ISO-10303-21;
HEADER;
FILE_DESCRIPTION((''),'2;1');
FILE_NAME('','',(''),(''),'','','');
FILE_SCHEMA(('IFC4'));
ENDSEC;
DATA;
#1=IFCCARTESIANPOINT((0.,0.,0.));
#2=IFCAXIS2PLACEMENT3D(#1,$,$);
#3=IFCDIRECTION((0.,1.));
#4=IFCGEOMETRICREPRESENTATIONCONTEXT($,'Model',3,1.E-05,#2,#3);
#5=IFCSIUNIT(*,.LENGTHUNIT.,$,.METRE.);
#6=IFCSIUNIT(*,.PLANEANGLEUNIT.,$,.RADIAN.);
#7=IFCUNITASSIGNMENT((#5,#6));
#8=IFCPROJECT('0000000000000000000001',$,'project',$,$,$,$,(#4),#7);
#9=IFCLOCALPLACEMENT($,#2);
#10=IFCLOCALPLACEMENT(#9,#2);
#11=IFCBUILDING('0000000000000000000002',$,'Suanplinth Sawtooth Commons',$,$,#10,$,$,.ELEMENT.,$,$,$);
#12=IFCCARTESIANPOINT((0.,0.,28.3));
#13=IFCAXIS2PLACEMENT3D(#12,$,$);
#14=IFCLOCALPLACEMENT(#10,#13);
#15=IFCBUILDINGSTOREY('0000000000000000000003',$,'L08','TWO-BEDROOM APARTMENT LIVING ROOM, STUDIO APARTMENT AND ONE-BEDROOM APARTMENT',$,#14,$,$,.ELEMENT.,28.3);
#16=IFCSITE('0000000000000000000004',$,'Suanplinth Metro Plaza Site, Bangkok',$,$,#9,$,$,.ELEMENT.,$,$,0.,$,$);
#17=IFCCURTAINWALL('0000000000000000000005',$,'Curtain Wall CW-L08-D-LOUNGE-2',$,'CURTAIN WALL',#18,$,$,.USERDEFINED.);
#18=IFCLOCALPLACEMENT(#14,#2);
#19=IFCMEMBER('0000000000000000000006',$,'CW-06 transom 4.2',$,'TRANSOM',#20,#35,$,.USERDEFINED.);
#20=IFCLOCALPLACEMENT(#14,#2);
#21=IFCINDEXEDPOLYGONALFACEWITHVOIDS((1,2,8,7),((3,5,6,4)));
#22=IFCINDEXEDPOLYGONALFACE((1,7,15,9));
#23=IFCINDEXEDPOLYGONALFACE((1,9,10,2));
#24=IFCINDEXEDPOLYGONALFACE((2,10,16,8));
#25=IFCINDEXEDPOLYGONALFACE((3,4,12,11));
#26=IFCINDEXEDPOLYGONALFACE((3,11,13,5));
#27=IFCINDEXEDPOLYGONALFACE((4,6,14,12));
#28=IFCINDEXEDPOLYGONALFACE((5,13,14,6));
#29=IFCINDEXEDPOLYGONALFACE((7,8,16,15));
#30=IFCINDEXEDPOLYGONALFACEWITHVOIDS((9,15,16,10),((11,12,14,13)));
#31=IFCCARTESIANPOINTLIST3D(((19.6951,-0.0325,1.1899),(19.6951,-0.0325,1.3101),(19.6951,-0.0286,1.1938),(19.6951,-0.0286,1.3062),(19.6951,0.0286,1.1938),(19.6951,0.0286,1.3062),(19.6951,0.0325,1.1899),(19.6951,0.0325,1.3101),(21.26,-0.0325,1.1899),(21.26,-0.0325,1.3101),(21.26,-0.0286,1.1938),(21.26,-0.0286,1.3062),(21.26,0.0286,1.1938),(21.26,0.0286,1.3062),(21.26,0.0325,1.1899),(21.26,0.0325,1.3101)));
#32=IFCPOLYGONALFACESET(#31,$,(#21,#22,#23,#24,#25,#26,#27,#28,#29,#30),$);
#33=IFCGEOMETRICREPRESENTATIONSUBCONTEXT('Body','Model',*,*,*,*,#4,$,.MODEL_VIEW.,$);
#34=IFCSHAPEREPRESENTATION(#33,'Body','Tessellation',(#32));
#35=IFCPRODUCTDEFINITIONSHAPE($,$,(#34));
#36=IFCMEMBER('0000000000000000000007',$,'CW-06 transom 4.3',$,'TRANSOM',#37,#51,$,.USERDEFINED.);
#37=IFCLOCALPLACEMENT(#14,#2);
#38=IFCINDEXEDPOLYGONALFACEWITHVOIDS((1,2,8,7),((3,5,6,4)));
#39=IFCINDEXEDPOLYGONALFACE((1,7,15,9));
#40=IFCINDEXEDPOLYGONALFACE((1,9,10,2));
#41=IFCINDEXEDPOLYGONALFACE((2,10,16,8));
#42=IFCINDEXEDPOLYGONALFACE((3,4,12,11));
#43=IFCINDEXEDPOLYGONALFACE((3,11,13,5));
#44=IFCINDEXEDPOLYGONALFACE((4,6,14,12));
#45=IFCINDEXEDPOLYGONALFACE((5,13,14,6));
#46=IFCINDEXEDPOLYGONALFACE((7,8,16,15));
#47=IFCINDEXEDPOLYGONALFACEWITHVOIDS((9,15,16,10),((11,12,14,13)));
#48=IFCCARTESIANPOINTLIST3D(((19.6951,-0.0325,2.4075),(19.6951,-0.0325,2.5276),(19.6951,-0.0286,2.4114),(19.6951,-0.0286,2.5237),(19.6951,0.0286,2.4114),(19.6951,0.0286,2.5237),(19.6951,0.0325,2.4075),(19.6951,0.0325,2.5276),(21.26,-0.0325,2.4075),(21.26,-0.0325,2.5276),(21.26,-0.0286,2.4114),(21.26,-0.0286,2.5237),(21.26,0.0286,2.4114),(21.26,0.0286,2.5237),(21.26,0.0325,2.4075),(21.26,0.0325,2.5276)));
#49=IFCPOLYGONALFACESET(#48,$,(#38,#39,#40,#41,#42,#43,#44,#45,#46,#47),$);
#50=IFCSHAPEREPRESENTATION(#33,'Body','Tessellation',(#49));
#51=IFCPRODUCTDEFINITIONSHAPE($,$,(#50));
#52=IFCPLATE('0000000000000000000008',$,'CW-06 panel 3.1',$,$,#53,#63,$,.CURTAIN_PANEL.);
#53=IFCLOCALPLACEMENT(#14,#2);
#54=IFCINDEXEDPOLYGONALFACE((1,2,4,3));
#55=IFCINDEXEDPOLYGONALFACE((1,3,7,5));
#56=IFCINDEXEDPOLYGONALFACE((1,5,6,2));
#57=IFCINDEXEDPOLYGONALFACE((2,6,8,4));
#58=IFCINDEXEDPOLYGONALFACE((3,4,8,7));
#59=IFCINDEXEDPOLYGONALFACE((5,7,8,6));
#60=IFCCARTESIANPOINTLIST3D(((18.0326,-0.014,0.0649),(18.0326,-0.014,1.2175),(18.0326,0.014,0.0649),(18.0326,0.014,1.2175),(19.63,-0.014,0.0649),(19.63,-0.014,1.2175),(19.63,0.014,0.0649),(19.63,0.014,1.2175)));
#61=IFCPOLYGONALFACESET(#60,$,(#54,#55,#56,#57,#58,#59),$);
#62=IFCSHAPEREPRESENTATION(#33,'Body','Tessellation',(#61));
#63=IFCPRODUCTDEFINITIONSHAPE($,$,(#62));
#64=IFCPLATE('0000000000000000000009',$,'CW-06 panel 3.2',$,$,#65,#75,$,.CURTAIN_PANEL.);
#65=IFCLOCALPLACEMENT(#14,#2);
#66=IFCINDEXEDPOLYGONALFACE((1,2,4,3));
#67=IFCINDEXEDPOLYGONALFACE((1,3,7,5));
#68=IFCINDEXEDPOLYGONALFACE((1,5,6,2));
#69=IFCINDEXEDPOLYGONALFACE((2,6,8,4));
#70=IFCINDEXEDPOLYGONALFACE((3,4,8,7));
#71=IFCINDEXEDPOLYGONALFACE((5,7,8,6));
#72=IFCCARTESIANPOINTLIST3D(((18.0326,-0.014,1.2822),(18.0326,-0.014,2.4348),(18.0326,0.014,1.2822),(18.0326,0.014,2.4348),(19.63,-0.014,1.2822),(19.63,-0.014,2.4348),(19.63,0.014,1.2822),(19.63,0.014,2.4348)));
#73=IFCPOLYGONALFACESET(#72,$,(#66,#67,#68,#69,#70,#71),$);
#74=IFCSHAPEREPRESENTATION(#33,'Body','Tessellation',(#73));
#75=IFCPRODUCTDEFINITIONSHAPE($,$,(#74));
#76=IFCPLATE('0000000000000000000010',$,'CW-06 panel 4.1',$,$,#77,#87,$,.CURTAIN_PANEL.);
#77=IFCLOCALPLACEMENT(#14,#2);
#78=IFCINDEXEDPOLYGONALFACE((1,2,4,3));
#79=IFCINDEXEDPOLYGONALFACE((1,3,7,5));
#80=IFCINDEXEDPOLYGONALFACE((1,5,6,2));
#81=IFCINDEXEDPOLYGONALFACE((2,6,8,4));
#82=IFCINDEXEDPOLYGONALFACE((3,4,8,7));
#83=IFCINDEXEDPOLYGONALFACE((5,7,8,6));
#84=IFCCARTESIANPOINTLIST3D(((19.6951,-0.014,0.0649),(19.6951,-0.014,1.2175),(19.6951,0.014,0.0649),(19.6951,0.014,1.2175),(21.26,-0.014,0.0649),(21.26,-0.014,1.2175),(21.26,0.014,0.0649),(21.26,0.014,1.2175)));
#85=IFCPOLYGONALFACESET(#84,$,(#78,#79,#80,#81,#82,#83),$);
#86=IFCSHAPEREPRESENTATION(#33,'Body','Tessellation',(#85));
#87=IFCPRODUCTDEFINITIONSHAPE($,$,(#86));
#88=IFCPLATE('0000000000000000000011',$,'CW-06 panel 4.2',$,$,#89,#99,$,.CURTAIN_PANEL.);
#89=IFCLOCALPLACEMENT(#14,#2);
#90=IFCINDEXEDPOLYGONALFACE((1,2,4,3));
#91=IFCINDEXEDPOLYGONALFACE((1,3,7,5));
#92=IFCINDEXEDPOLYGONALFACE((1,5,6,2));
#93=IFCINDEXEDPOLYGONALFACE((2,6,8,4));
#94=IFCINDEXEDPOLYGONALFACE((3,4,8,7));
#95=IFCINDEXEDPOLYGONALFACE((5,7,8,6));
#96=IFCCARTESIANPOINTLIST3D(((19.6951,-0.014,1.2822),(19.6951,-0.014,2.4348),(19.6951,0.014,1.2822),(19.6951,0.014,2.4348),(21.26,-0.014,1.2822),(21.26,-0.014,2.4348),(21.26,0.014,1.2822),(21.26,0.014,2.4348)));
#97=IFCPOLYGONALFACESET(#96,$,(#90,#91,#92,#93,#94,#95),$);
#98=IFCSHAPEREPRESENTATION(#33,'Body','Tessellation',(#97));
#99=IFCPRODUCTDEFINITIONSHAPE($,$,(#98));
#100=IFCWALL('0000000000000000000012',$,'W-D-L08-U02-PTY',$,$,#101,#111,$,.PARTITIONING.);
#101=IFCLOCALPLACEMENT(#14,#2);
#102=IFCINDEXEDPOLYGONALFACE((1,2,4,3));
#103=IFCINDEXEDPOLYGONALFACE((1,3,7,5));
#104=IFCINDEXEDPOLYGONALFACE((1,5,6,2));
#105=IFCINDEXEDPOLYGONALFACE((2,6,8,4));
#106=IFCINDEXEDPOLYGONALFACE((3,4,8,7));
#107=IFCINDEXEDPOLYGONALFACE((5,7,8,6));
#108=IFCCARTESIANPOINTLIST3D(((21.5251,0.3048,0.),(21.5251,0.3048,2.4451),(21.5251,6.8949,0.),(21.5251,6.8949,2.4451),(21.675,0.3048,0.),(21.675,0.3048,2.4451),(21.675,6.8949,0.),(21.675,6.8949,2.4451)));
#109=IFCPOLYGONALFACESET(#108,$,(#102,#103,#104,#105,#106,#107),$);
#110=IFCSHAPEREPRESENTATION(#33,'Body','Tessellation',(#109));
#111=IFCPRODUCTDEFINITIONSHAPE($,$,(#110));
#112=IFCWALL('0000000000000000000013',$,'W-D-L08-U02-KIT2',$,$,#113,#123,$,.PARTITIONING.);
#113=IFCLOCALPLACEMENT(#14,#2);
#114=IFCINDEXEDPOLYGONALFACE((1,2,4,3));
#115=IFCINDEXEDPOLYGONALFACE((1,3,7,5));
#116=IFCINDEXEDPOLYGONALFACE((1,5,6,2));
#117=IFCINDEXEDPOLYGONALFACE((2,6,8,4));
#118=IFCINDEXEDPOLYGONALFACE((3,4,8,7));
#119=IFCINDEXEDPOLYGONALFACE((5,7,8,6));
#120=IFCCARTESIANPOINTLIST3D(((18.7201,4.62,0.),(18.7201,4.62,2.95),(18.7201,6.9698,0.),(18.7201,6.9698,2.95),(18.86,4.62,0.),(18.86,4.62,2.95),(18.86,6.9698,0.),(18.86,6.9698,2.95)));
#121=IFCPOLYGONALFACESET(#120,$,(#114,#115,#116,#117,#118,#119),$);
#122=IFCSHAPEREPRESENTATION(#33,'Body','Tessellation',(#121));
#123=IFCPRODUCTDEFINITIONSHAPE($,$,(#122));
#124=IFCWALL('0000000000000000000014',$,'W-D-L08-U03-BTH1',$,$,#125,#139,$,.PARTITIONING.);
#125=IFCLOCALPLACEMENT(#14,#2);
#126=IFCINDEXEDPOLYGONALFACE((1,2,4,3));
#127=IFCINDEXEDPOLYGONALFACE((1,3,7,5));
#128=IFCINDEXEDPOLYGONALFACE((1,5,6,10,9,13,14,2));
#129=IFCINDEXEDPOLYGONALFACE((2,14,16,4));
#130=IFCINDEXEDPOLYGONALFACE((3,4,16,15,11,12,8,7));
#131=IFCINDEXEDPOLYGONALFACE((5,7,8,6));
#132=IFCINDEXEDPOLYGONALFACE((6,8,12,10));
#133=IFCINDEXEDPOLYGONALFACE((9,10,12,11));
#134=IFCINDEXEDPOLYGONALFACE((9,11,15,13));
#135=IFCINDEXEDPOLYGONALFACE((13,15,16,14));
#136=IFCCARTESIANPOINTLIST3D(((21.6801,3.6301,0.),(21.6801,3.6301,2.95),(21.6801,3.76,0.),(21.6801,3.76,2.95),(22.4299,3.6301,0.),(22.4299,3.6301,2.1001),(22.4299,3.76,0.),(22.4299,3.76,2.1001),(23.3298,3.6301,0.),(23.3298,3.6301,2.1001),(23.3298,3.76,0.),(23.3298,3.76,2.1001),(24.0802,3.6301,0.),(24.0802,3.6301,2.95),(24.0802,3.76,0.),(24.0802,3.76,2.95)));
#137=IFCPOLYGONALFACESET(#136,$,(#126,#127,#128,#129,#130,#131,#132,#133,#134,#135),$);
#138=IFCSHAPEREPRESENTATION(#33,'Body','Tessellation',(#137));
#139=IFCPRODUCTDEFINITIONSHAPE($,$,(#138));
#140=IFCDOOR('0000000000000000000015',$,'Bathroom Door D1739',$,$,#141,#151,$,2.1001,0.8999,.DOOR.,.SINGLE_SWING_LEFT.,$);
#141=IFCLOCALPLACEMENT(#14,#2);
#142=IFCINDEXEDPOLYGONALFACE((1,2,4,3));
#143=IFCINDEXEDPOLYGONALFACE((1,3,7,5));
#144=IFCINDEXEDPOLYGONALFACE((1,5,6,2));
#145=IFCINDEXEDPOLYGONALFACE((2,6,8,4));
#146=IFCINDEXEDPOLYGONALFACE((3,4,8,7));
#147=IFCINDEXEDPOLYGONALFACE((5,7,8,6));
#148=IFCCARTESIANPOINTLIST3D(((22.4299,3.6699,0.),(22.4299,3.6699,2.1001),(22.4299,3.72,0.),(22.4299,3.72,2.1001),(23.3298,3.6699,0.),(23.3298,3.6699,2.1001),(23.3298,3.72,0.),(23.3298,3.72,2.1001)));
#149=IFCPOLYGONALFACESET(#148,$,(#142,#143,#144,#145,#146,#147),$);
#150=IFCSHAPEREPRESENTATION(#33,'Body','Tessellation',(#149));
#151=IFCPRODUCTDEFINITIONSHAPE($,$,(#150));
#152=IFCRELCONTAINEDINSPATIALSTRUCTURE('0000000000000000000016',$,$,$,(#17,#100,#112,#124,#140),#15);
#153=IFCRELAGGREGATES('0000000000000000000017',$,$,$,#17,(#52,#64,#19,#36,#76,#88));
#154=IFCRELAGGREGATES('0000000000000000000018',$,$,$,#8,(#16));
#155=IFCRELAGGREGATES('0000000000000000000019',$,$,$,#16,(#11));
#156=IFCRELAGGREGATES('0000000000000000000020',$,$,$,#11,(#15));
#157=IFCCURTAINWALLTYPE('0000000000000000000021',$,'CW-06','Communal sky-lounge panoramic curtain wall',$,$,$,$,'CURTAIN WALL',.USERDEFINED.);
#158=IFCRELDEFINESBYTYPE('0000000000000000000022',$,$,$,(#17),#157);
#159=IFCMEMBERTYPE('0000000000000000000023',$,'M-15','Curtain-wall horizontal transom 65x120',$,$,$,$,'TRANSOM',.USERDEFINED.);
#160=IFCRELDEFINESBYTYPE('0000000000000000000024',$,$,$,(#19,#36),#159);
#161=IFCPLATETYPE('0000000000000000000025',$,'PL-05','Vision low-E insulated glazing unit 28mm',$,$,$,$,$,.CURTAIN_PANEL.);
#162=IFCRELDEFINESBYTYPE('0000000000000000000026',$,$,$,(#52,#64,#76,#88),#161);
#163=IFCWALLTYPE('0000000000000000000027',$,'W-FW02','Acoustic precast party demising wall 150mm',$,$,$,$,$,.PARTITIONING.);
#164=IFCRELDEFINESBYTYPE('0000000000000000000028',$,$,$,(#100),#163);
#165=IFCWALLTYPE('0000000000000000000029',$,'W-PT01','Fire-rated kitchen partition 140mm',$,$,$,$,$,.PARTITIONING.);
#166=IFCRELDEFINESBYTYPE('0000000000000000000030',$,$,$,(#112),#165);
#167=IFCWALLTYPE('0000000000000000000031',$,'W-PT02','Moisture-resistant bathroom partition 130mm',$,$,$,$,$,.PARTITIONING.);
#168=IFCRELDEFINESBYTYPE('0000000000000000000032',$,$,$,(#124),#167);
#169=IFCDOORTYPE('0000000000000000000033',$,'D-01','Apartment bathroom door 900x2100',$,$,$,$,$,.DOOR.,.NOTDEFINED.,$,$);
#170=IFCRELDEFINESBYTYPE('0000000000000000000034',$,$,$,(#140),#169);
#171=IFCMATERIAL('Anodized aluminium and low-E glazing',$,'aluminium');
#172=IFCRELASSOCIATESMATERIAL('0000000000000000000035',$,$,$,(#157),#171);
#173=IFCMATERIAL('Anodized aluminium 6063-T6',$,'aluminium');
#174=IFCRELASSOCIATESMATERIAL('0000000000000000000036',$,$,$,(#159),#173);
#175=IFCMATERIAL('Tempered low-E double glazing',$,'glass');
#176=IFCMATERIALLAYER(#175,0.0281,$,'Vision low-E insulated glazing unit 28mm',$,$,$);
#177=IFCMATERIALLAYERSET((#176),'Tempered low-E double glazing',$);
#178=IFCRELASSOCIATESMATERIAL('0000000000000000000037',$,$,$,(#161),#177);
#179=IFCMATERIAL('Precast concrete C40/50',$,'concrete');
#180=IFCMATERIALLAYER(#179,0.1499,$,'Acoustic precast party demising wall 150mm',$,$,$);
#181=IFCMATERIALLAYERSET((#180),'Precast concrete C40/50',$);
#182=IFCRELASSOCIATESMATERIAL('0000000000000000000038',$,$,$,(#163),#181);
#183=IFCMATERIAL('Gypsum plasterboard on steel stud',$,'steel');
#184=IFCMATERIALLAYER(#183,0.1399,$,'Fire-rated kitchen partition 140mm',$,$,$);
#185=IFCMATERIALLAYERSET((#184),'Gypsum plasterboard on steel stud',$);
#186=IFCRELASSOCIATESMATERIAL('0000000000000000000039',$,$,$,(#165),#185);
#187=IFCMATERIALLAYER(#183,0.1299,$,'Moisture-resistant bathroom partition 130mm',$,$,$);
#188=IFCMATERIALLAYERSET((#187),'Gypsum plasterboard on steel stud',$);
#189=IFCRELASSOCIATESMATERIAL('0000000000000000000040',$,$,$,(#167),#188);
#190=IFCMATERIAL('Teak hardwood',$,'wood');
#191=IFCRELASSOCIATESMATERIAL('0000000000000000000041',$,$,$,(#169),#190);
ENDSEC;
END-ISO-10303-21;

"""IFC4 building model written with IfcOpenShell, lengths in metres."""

from ifc_helpers import new_model, si_unit, direction, frame, frame_2d, origin, origin_2d, place, context, subcontext, project, spatial, rectangle, hollow_rectangle, extrude, material, layer, layer_set, material_profile, profile_set, type_object, element, fill, aggregate, save


model = new_model("IFC4")

# Units and contexts
model_context = context("Model", 3, precision=1e-05, world=origin(), true_north=direction((0.0, 1.0)))
body_context = subcontext(model_context, "Body", "Model", "MODEL_VIEW")
ifc_project = project(units=[si_unit("LENGTHUNIT", "METRE"), si_unit("PLANEANGLEUNIT", "RADIAN")], contexts=[model_context])

# Site, building, storey
site_placement = place(None, origin())
site = spatial("IfcSite", under=ifc_project, at=site_placement, Name="Suanplinth Metro Plaza Site, Bangkok", CompositionType="ELEMENT", RefElevation=0.0)
building_placement = place(site_placement, origin())
building = spatial("IfcBuilding", under=site, at=building_placement, Name="Suanplinth Sawtooth Commons", CompositionType="ELEMENT")
storey_placement = place(building_placement, frame((0.0, 0.0, 28.3)))
storey = spatial("IfcBuildingStorey", under=building, at=storey_placement, Name="L08", Description="TWO-BEDROOM APARTMENT LIVING ROOM, STUDIO APARTMENT AND ONE-BEDROOM APARTMENT", CompositionType="ELEMENT", Elevation=28.3)

# Shared definitions
ifc_material_1 = material(Name="Precast concrete C40/50", Category="concrete")

# Curtain wall, members, plates
ifc_material_2 = material(Name="Anodized aluminium and low-E glazing", Category="aluminium")
curtain_wall_type = type_object("IfcCurtainWallType", Name="CW-06", Description="Communal sky-lounge panoramic curtain wall", ElementType="CURTAIN WALL", PredefinedType="USERDEFINED", material=ifc_material_2)
curtain_wall_placement = place(storey_placement, origin())
curtain_wall = element("IfcCurtainWall", 1, at=curtain_wall_placement, inside=storey, type_object=curtain_wall_type, Name="Curtain Wall CW-L08-D-LOUNGE-2", ObjectType="CURTAIN WALL", PredefinedType="USERDEFINED")
ifc_material_3 = material(Name="Anodized aluminium 6063-T6", Category="aluminium")
ifc_material_profile_1 = material_profile(ifc_material_3, hollow_rectangle(XDim=0.0649, YDim=0.1201, WallThickness=0.0039, at=origin_2d()), Name="ALU-TRN 65x120")
ifc_profile_set_1 = profile_set([ifc_material_profile_1], Name="Anodized aluminium 6063-T6")
member_type_1 = type_object("IfcMemberType", Name="M-15", Description="Curtain-wall horizontal transom 65x120", ElementType="TRANSOM", PredefinedType="USERDEFINED", material=ifc_profile_set_1)
member_1_placement = place(storey_placement, frame((19.6951, 0.0, 1.25), z_axis=(1.0, 0.0, 0.0), x_axis=(0.0, 1.0, 0.0)))
member_1 = element("IfcMember", 2, at=member_1_placement, type_object=member_type_1, Name="CW-06 transom 4.2", ObjectType="TRANSOM", PredefinedType="USERDEFINED", context=body_context, shape_type="SweptSolid", body=[
    extrude(hollow_rectangle(XDim=0.0649, YDim=0.1201, WallThickness=0.0039, at=origin_2d()), origin(), (0.0, 0.0, 1.0), 1.5649),
])
member_2_placement = place(storey_placement, frame((19.6951, 0.0, 2.4675), z_axis=(1.0, 0.0, 0.0), x_axis=(0.0, 1.0, 0.0)))
member_2 = element("IfcMember", 3, at=member_2_placement, type_object=member_type_1, Name="CW-06 transom 4.3", ObjectType="TRANSOM", PredefinedType="USERDEFINED", context=body_context, shape_type="SweptSolid", body=[
    extrude(hollow_rectangle(XDim=0.0649, YDim=0.1201, WallThickness=0.0039, at=origin_2d()), origin(), (0.0, 0.0, 1.0), 1.5649),
])
ifc_material_4 = material(Name="Tempered low-E double glazing", Category="glass")
ifc_layer_1 = layer(ifc_material_4, 0.0281, Name="Vision low-E insulated glazing unit 28mm")
ifc_layer_set_1 = layer_set([ifc_layer_1], Name="Tempered low-E double glazing")
plate_type = type_object("IfcPlateType", Name="PL-05", Description="Vision low-E insulated glazing unit 28mm", PredefinedType="CURTAIN_PANEL", material=ifc_layer_set_1)
plate_1_placement = place(storey_placement, frame((18.8313, 0.0, 0.0649), z_axis=(0.0, 0.0, 1.0), x_axis=(1.0, 0.0, 0.0)))
plate_1 = element("IfcPlate", 4, at=plate_1_placement, type_object=plate_type, Name="CW-06 panel 3.1", PredefinedType="CURTAIN_PANEL", context=body_context, shape_type="SweptSolid", body=[
    extrude(rectangle(XDim=1.5974, YDim=0.0281, at=origin_2d()), origin(), (0.0, 0.0, 1.0), 1.1526),
])
plate_2_placement = place(storey_placement, frame((18.8313, 0.0, 1.2822), z_axis=(0.0, 0.0, 1.0), x_axis=(1.0, 0.0, 0.0)))
plate_2 = element("IfcPlate", 5, at=plate_2_placement, type_object=plate_type, Name="CW-06 panel 3.2", PredefinedType="CURTAIN_PANEL", context=body_context, shape_type="SweptSolid", body=[
    extrude(rectangle(XDim=1.5974, YDim=0.0281, at=origin_2d()), origin(), (0.0, 0.0, 1.0), 1.1526),
])
plate_3_placement = place(storey_placement, frame((20.4775, 0.0, 0.0649), z_axis=(0.0, 0.0, 1.0), x_axis=(1.0, 0.0, 0.0)))
plate_3 = element("IfcPlate", 6, at=plate_3_placement, type_object=plate_type, Name="CW-06 panel 4.1", PredefinedType="CURTAIN_PANEL", context=body_context, shape_type="SweptSolid", body=[
    extrude(rectangle(XDim=1.5649, YDim=0.0281, at=origin_2d()), origin(), (0.0, 0.0, 1.0), 1.1526),
])
plate_4_placement = place(storey_placement, frame((20.4775, 0.0, 1.2822), z_axis=(0.0, 0.0, 1.0), x_axis=(1.0, 0.0, 0.0)))
plate_4 = element("IfcPlate", 7, at=plate_4_placement, type_object=plate_type, Name="CW-06 panel 4.2", PredefinedType="CURTAIN_PANEL", context=body_context, shape_type="SweptSolid", body=[
    extrude(rectangle(XDim=1.5649, YDim=0.0281, at=origin_2d()), origin(), (0.0, 0.0, 1.0), 1.1526),
])
aggregate(curtain_wall, [plate_1, plate_2, member_1, member_2, plate_3, plate_4])

# Walls
ifc_layer_2 = layer(ifc_material_1, 0.1499, Name="Acoustic precast party demising wall 150mm")
ifc_layer_set_2 = layer_set([ifc_layer_2], Name="Precast concrete C40/50")
wall_type_1 = type_object("IfcWallType", Name="W-FW02", Description="Acoustic precast party demising wall 150mm", PredefinedType="PARTITIONING", material=ifc_layer_set_2)
wall_1_placement = place(storey_placement, frame((21.6001, 0.3049, 0.0), z_axis=(0.0, 0.0, 1.0), x_axis=(0.0, 1.0, 0.0)))
element("IfcWall", 8, at=wall_1_placement, inside=storey, type_object=wall_type_1, Name="W-D-L08-U02-PTY", PredefinedType="PARTITIONING", context=body_context, shape_type="SweptSolid", body=[
    extrude(rectangle(XDim=6.5901, YDim=0.1499, at=frame_2d((3.2949, 0.0))), origin(), (0.0, 0.0, 1.0), 2.4451),
])
ifc_material_5 = material(Name="Gypsum plasterboard on steel stud", Category="steel")
ifc_layer_3 = layer(ifc_material_5, 0.1399, Name="Fire-rated kitchen partition 140mm")
ifc_layer_set_3 = layer_set([ifc_layer_3], Name="Gypsum plasterboard on steel stud")
wall_type_2 = type_object("IfcWallType", Name="W-PT01", Description="Fire-rated kitchen partition 140mm", PredefinedType="PARTITIONING", material=ifc_layer_set_3)
wall_2_placement = place(storey_placement, frame((18.79, 4.6201, 0.0), z_axis=(0.0, 0.0, 1.0), x_axis=(0.0, 1.0, 0.0)))
element("IfcWall", 9, at=wall_2_placement, inside=storey, type_object=wall_type_2, Name="W-D-L08-U02-KIT2", PredefinedType="PARTITIONING", context=body_context, shape_type="SweptSolid", body=[
    extrude(rectangle(XDim=2.3499, YDim=0.1399, at=frame_2d((1.1748, 0.0))), origin(), (0.0, 0.0, 1.0), 2.95),
])

# Wall, opening, door
ifc_layer_4 = layer(ifc_material_5, 0.1299, Name="Moisture-resistant bathroom partition 130mm")
ifc_layer_set_4 = layer_set([ifc_layer_4], Name="Gypsum plasterboard on steel stud")
wall_type_3 = type_object("IfcWallType", Name="W-PT02", Description="Moisture-resistant bathroom partition 130mm", PredefinedType="PARTITIONING", material=ifc_layer_set_4)
wall_3_placement = place(storey_placement, frame((21.6799, 3.6951, 0.0), z_axis=(0.0, 0.0, 1.0), x_axis=(1.0, 0.0, 0.0)))
wall_3 = element("IfcWall", 10, at=wall_3_placement, inside=storey, type_object=wall_type_3, Name="W-D-L08-U03-BTH1", PredefinedType="PARTITIONING", context=body_context, shape_type="SweptSolid", body=[
    extrude(rectangle(XDim=2.4001, YDim=0.1299, at=frame_2d((1.2002, 0.0))), origin(), (0.0, 0.0, 1.0), 2.95),
])
opening_1_placement = place(wall_3_placement, frame((0.75, 0.0, 0.0)))
opening_1 = element("IfcOpeningElement", 11, at=opening_1_placement, cuts=wall_3, PredefinedType="OPENING", context=body_context, shape_type="SweptSolid", body=[
    extrude(rectangle(XDim=0.8999, YDim=2.1001, at=frame_2d((0.45, 1.05))), frame((0.0, 0.0798, 0.0), z_axis=(0.0, -1.0, 0.0), x_axis=(1.0, 0.0, 0.0)), (0.0, 0.0, 1.0), 0.1597),
])
ifc_material_6 = material(Name="Teak hardwood", Category="wood")
door_type_1 = type_object("IfcDoorType", Name="D-01", Description="Apartment bathroom door 900x2100", OperationType="NOTDEFINED", PredefinedType="DOOR", material=ifc_material_6)
door_1_placement = place(opening_1_placement, origin())
door_1 = element("IfcDoor", 12, at=door_1_placement, inside=storey, type_object=door_type_1, Name="Bathroom Door D1739", OperationType="SINGLE_SWING_LEFT", OverallHeight=2.1001, OverallWidth=0.8999, PredefinedType="DOOR", context=body_context, shape_type="SweptSolid", body=[
    extrude(rectangle(XDim=0.8999, YDim=2.1001, at=frame_2d((0.45, 1.05))), frame((0.0, 0.0249, 0.0), z_axis=(0.0, -1.0, 0.0), x_axis=(1.0, 0.0, 0.0)), (0.0, 0.0, 1.0), 0.05),
])
fill(opening_1, door_1)

save(model, "model.ifc")
